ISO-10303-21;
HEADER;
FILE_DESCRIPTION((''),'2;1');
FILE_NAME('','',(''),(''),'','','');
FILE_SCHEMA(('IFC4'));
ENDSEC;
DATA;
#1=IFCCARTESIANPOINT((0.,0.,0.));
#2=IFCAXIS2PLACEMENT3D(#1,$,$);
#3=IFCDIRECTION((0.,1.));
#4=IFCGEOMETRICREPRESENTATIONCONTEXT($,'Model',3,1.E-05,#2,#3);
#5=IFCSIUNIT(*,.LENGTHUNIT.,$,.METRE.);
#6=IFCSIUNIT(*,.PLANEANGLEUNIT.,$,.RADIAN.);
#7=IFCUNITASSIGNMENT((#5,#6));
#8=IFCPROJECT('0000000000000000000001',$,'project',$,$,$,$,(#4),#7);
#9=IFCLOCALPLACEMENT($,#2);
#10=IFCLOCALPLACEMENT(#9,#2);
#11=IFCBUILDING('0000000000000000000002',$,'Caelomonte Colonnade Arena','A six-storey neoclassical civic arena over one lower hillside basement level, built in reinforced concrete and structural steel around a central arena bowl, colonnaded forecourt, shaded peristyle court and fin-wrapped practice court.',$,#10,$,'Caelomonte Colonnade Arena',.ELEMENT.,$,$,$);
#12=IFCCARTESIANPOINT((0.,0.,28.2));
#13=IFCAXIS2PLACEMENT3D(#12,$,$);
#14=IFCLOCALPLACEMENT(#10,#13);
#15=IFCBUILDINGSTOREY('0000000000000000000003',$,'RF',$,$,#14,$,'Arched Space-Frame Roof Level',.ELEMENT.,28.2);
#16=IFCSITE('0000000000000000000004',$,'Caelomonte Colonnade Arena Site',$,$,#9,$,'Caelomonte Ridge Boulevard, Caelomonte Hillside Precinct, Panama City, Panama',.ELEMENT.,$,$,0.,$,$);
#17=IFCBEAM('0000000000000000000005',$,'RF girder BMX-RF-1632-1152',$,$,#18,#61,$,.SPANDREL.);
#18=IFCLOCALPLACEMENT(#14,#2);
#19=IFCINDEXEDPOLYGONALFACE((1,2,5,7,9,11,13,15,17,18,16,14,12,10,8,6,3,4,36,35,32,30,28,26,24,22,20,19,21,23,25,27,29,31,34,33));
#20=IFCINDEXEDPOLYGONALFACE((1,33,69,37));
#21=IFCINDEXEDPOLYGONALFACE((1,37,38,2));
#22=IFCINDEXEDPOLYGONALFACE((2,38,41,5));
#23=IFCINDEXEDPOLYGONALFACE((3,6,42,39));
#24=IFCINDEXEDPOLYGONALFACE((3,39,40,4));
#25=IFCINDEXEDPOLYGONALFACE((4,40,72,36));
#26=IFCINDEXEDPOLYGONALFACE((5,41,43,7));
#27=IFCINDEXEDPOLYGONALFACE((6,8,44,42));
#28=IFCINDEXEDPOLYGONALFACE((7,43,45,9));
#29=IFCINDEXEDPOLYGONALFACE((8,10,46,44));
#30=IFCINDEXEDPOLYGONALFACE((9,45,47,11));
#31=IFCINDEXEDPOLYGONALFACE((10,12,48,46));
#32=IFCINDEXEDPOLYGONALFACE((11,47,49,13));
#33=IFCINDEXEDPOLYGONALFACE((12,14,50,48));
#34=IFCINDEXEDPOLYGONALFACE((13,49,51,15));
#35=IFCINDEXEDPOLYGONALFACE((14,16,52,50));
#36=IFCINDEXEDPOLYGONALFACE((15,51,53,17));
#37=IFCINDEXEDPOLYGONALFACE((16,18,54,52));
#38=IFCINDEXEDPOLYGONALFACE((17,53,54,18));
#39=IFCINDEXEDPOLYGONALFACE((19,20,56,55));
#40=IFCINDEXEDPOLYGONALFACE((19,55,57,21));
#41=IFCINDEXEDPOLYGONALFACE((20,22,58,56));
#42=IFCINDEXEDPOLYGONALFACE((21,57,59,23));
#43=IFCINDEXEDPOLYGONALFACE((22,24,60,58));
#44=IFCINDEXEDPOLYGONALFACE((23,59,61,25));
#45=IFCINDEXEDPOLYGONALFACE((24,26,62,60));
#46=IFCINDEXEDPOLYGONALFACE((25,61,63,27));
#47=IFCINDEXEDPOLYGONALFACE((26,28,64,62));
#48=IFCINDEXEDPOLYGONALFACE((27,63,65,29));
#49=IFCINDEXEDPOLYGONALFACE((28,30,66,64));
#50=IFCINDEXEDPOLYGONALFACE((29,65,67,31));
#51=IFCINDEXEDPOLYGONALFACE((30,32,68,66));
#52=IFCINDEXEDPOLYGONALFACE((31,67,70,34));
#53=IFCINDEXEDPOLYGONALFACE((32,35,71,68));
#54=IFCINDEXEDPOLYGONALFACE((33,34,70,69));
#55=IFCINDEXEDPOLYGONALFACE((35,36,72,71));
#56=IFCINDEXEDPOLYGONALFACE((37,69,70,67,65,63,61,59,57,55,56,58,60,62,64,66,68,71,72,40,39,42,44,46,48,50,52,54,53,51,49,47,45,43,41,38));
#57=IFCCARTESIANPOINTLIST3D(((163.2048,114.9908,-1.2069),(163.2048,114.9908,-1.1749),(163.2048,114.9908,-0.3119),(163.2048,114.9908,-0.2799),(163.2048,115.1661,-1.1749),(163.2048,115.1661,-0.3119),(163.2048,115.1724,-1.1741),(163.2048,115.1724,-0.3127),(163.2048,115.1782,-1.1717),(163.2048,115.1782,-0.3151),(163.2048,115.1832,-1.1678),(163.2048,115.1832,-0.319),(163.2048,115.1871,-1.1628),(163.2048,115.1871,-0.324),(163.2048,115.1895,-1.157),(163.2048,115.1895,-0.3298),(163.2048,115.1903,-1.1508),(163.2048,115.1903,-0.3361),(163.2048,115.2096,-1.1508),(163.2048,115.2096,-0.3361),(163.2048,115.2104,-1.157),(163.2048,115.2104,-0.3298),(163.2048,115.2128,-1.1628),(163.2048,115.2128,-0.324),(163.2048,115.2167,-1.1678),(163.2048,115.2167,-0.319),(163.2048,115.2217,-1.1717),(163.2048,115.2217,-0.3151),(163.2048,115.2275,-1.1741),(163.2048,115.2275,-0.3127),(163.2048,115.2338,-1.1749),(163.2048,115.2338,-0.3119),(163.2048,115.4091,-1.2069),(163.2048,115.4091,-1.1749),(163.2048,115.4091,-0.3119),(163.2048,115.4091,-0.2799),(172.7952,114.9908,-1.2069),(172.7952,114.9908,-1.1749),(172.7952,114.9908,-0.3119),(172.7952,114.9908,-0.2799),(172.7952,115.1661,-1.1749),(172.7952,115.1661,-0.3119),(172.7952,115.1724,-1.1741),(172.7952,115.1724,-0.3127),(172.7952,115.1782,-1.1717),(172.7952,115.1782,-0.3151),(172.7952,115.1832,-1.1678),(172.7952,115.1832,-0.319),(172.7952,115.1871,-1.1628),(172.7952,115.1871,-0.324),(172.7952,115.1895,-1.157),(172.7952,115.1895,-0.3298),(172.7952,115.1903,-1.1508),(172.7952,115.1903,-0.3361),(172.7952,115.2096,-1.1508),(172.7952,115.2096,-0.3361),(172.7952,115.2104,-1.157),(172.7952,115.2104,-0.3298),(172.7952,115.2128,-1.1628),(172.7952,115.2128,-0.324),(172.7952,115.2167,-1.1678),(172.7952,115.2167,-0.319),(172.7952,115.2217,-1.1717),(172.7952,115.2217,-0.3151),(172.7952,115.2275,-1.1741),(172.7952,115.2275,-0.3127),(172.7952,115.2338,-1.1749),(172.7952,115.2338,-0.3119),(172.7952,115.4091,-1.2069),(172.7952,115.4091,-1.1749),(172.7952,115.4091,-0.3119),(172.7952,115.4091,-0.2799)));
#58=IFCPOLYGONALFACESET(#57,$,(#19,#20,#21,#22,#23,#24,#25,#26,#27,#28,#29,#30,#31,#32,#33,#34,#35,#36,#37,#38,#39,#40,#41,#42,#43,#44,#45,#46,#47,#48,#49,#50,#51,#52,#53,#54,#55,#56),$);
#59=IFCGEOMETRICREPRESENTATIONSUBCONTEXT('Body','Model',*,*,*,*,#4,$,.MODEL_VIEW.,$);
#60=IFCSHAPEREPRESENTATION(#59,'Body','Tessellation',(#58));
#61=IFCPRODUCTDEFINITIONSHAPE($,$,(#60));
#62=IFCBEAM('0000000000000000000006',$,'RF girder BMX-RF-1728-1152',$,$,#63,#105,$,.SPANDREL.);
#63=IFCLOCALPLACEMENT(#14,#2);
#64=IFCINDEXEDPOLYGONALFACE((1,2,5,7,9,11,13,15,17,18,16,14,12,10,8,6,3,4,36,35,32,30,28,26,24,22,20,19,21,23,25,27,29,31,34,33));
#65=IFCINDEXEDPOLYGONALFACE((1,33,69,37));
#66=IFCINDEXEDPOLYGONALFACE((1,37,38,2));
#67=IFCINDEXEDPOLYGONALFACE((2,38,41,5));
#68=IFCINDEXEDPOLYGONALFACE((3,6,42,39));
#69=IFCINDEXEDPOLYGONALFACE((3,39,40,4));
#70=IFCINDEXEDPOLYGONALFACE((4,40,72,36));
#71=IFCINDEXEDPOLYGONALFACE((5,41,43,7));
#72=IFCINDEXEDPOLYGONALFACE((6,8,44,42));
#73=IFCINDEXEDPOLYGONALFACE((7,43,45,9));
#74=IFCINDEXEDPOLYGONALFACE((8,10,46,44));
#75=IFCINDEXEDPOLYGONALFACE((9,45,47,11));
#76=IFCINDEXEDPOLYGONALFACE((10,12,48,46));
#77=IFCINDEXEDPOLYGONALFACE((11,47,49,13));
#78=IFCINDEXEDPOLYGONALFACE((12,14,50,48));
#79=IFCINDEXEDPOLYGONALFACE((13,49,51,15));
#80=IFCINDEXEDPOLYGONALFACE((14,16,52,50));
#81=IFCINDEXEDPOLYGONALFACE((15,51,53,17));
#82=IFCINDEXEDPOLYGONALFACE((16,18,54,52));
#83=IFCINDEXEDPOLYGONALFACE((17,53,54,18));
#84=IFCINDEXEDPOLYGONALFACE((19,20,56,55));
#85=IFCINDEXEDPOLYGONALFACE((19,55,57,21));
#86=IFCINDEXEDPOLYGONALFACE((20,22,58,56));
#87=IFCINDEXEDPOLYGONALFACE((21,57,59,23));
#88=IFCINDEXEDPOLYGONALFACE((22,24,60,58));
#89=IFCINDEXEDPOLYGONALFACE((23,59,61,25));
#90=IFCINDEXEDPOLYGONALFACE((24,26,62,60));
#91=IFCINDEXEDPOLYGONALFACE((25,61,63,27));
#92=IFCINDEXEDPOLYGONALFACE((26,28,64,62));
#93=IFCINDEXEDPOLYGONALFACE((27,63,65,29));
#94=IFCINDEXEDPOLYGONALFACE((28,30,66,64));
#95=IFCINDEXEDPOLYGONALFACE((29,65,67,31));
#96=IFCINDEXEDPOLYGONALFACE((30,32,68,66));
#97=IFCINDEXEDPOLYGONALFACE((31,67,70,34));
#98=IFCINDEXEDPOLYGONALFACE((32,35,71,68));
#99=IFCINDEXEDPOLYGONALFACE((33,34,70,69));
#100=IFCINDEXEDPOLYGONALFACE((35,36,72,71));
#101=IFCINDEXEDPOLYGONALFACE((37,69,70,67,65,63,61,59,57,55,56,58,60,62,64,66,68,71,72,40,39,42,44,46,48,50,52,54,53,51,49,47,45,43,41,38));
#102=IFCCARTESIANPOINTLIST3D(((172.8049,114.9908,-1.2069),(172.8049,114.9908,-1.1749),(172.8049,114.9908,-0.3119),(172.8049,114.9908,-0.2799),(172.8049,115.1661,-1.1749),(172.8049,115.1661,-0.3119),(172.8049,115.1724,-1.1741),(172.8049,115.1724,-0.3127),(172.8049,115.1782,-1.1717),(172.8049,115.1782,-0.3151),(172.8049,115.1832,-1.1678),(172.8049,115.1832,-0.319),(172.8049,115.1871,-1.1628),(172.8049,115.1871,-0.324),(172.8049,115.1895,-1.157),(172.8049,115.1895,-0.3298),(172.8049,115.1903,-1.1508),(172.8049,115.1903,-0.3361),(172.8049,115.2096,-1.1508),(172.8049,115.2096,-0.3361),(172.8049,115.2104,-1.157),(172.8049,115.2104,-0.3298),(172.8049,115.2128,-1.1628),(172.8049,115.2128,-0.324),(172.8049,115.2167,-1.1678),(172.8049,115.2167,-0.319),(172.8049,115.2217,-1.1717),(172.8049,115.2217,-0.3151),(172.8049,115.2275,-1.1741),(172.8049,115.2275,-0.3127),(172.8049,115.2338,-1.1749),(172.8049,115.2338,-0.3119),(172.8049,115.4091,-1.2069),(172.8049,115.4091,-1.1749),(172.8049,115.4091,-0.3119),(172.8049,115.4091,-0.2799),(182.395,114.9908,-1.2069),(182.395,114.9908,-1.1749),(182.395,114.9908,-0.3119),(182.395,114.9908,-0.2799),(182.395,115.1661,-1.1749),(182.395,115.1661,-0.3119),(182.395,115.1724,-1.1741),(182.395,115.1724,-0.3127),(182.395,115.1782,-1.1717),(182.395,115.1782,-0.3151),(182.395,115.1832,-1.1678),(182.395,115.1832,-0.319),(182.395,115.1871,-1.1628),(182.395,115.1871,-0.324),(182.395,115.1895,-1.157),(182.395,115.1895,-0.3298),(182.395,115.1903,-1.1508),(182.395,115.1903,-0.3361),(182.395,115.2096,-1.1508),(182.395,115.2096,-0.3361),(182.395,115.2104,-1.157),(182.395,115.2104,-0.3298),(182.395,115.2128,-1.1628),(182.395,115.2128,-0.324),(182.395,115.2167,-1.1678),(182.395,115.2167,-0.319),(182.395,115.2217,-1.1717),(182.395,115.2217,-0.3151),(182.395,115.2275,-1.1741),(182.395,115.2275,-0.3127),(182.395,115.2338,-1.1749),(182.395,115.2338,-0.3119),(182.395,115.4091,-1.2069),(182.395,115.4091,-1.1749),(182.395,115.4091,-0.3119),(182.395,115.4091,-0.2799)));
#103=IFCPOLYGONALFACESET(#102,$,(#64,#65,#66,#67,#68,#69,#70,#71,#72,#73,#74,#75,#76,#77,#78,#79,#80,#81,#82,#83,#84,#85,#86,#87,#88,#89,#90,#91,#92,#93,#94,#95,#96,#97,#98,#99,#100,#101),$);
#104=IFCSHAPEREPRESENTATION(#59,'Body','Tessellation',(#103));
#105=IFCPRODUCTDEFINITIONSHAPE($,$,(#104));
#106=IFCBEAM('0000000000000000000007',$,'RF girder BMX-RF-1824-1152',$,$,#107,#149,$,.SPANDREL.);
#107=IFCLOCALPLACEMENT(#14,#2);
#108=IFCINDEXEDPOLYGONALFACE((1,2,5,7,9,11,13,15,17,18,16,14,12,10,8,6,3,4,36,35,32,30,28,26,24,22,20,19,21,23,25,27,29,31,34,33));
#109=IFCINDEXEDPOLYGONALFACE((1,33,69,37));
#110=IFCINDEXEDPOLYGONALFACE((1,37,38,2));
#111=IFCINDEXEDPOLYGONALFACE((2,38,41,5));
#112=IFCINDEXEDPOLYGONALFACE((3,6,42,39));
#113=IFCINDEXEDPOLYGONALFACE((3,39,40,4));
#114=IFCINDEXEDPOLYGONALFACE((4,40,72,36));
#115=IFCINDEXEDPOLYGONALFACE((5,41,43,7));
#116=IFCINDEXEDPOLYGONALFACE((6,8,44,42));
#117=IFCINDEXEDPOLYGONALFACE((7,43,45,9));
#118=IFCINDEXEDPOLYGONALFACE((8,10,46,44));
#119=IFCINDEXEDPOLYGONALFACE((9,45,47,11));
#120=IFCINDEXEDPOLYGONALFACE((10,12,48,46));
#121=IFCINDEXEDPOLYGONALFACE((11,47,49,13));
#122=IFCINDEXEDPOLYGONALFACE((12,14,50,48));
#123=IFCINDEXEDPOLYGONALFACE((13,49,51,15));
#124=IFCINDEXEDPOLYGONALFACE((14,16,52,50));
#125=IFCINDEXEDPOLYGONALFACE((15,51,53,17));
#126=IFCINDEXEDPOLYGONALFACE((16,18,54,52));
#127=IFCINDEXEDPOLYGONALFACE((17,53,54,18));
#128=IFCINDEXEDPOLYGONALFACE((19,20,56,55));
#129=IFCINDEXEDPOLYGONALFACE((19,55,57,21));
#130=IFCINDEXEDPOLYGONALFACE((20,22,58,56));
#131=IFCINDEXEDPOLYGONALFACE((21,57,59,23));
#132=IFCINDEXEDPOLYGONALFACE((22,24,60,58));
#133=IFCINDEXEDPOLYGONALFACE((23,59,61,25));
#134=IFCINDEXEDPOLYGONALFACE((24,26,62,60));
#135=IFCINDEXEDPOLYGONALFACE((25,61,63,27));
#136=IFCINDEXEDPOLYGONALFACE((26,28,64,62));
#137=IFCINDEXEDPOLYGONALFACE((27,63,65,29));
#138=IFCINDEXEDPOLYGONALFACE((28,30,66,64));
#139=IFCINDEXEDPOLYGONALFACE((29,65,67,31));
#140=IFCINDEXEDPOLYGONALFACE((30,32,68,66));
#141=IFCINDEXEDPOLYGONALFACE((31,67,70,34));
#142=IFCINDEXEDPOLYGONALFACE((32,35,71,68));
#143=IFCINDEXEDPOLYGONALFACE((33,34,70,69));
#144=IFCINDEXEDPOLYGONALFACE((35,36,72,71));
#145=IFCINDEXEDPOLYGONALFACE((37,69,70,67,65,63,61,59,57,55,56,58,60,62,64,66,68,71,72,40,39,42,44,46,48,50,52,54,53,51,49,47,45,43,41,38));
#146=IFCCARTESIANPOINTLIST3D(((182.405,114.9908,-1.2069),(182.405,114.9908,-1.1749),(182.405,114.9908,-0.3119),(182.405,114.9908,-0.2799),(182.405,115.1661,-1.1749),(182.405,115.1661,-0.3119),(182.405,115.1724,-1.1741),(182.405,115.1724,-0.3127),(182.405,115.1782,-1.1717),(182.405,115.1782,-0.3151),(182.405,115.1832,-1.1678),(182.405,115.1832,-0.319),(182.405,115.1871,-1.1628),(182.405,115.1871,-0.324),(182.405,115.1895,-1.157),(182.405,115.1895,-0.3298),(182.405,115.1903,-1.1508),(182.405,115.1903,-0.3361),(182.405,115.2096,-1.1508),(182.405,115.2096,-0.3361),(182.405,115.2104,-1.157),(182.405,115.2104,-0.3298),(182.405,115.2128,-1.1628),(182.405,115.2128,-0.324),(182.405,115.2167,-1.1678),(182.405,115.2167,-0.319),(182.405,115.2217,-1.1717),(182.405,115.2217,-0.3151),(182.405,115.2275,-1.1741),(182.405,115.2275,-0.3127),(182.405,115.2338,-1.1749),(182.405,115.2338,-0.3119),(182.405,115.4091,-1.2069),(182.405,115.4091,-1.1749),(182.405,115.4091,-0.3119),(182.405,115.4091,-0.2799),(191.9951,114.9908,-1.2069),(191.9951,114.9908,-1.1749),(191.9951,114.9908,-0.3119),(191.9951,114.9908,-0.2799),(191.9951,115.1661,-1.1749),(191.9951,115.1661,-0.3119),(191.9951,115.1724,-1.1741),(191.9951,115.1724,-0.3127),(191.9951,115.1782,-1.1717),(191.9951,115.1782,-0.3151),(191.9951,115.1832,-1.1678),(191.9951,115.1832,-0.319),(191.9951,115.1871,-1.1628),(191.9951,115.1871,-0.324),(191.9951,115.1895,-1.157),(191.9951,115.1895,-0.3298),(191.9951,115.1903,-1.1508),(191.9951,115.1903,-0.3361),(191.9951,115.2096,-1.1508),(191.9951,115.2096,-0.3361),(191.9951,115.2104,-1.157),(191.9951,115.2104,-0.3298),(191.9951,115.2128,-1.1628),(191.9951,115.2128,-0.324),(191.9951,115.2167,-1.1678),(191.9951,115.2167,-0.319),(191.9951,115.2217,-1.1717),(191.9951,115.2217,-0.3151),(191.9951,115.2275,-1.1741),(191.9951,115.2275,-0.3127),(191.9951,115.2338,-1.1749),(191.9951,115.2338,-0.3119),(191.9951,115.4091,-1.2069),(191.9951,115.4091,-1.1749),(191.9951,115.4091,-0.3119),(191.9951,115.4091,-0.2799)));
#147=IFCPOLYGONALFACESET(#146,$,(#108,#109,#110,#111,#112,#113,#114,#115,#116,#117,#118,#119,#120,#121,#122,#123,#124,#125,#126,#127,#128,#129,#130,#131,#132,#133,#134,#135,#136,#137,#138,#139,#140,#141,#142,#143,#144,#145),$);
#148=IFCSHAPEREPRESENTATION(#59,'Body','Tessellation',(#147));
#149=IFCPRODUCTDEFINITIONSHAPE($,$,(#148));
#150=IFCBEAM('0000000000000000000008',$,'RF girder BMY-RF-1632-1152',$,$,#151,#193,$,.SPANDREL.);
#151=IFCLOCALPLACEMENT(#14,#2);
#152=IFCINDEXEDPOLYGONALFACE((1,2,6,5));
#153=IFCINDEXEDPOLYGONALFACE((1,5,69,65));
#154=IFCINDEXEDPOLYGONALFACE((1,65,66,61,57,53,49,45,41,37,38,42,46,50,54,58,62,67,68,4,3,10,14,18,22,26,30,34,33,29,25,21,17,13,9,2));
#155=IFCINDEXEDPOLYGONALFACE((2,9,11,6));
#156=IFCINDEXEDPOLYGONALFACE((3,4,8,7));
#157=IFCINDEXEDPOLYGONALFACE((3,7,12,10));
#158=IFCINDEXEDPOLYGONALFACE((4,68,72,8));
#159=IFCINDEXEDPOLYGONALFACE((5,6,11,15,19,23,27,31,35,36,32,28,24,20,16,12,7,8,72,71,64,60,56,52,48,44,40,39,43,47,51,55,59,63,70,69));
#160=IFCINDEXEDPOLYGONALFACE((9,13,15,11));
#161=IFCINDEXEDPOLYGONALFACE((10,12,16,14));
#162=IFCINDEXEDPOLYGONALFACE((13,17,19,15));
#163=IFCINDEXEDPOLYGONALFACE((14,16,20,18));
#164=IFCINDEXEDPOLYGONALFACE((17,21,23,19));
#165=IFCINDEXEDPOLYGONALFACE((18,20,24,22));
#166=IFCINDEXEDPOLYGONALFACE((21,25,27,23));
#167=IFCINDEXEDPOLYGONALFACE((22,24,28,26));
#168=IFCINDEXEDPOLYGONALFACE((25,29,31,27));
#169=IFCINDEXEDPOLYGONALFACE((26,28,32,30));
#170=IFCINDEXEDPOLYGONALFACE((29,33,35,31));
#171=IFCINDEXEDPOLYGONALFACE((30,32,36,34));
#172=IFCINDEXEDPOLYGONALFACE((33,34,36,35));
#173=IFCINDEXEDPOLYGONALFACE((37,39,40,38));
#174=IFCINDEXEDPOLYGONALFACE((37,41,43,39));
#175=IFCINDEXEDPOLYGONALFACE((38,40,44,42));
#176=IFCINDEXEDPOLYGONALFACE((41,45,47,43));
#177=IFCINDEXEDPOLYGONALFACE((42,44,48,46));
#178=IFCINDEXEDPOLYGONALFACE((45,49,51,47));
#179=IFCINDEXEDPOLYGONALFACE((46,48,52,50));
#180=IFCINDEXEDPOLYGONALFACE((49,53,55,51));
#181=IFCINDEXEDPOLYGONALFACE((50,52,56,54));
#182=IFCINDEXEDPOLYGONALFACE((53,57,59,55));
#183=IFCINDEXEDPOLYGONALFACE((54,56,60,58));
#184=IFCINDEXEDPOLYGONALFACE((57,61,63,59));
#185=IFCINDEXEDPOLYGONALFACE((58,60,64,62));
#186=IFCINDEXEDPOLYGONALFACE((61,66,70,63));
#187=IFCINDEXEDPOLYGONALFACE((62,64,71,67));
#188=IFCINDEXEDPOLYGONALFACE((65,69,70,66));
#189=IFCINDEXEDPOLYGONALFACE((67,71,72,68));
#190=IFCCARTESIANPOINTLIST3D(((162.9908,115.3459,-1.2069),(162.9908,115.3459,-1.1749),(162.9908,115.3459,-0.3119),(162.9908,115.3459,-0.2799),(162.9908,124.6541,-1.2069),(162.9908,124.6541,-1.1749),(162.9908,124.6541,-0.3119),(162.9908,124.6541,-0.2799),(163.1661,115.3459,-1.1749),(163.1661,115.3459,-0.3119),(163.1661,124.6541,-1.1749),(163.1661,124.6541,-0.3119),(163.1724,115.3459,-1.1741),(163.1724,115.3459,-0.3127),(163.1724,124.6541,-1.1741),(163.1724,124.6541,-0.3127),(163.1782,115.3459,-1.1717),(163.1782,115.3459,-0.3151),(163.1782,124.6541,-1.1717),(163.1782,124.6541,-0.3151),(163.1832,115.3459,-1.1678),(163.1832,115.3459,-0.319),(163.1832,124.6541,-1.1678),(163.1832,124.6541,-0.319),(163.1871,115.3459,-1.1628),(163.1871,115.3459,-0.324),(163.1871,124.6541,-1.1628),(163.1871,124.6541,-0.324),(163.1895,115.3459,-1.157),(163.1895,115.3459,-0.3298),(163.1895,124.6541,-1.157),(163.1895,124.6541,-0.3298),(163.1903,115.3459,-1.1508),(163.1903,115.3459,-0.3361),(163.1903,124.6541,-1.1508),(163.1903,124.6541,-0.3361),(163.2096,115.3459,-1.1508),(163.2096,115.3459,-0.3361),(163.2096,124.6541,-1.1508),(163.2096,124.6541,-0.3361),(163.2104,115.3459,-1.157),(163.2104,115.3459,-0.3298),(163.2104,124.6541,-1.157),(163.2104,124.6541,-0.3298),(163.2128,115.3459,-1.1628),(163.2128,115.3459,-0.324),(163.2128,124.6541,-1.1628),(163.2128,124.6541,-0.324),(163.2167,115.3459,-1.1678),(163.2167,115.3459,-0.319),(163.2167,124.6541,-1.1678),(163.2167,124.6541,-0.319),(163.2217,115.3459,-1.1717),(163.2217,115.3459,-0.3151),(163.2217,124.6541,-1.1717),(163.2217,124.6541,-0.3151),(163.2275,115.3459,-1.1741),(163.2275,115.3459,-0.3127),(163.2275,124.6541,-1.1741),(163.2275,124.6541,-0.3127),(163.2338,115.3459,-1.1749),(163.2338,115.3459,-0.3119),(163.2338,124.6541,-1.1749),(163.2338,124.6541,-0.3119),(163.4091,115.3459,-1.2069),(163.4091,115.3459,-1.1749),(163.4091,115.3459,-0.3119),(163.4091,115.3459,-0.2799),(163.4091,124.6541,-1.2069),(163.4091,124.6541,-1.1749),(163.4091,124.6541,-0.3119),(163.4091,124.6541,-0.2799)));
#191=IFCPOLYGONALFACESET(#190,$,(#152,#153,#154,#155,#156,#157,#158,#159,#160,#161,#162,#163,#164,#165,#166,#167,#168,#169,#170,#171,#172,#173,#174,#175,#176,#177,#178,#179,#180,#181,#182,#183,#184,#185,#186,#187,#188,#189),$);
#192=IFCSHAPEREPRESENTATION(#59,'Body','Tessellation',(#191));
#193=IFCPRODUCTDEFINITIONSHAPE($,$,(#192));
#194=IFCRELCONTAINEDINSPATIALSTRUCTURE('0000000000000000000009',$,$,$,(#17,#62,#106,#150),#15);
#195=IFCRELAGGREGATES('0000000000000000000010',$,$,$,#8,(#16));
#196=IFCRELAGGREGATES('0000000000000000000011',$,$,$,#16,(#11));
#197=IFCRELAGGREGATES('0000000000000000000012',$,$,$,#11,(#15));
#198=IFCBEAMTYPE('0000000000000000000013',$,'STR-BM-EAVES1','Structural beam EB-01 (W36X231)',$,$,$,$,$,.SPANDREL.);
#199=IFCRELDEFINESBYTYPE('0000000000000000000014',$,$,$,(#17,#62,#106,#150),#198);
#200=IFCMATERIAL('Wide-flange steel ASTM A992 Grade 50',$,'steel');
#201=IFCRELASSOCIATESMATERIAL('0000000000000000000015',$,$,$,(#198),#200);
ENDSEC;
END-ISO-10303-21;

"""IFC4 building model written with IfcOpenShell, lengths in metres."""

from ifc_helpers import new_model, si_unit, direction, frame, origin, origin_2d, place, context, subcontext, project, spatial, i_section, extrude, material, material_profile, profile_set, type_object, element, save


model = new_model("IFC4")

# Units and contexts
model_context = context("Model", 3, precision=1e-05, world=origin(), true_north=direction((0.0, 1.0)))
body_context = subcontext(model_context, "Body", "Model", "MODEL_VIEW")
ifc_project = project(units=[si_unit("LENGTHUNIT", "METRE"), si_unit("PLANEANGLEUNIT", "RADIAN")], contexts=[model_context])

# Site, building, storey
site_placement = place(None, origin())
site = spatial("IfcSite", under=ifc_project, at=site_placement, Name="Caelomonte Colonnade Arena Site", LongName="Caelomonte Ridge Boulevard, Caelomonte Hillside Precinct, Panama City, Panama", CompositionType="ELEMENT", RefElevation=0.0)
building_placement = place(site_placement, origin())
building = spatial("IfcBuilding", under=site, at=building_placement, Name="Caelomonte Colonnade Arena", Description="A six-storey neoclassical civic arena over one lower hillside basement level, built in reinforced concrete and structural steel around a central arena bowl, colonnaded forecourt, shaded peristyle court and fin-wrapped practice court.", LongName="Caelomonte Colonnade Arena", CompositionType="ELEMENT")
storey_placement = place(building_placement, frame((0.0, 0.0, 28.2)))
storey = spatial("IfcBuildingStorey", under=building, at=storey_placement, Name="RF", LongName="Arched Space-Frame Roof Level", CompositionType="ELEMENT", Elevation=28.2)

# Beams
ifc_material_1 = material(Name="Wide-flange steel ASTM A992 Grade 50", Category="steel")
ifc_material_profile_1 = material_profile(ifc_material_1, i_section(OverallWidth=0.4182, OverallDepth=0.927, WebThickness=0.0193, FlangeThickness=0.032, FilletRadius=0.0242, at=origin_2d()), Name="W36X231")
ifc_profile_set_1 = profile_set([ifc_material_profile_1], Name="Wide-flange steel ASTM A992 Grade 50")
beam_type_1 = type_object("IfcBeamType", Name="STR-BM-EAVES1", Description="Structural beam EB-01 (W36X231)", PredefinedType="SPANDREL", material=ifc_profile_set_1)
beam_1_placement = place(storey_placement, frame((163.2048, 115.2, -0.7434), z_axis=(1.0, 0.0, 0.0), x_axis=(0.0, 1.0, 0.0)))
element("IfcBeam", 1, at=beam_1_placement, inside=storey, type_object=beam_type_1, Name="RF girder BMX-RF-1632-1152", PredefinedType="SPANDREL", context=body_context, shape_type="SweptSolid", body=[
    extrude(i_section(OverallWidth=0.4182, OverallDepth=0.927, WebThickness=0.0193, FlangeThickness=0.032, FilletRadius=0.0242, at=origin_2d()), origin(), (0.0, 0.0, 1.0), 9.5903),
])
for number, where, z_axis, x_axis, name in (
    (2, (172.8049, 115.2, -0.7434), (1.0, 0.0, 0.0), (0.0, 1.0, 0.0), "RF girder BMX-RF-1728-1152"),
    (3, (182.405, 115.2, -0.7434), (1.0, 0.0, 0.0), (0.0, 1.0, 0.0), "RF girder BMX-RF-1824-1152"),
):
    element("IfcBeam", number, at=place(storey_placement, frame(where, z_axis=z_axis, x_axis=x_axis)), inside=storey, type_object=beam_type_1, Name=name, PredefinedType="SPANDREL", context=body_context, shape_type="SweptSolid", body=[
        extrude(i_section(OverallWidth=0.4182, OverallDepth=0.927, WebThickness=0.0193, FlangeThickness=0.032, FilletRadius=0.0242, at=origin_2d()), origin(), (0.0, 0.0, 1.0), 9.5901),
    ])
beam_2_placement = place(storey_placement, frame((163.2, 115.3459, -0.7434), z_axis=(0.0, 1.0, 0.0), x_axis=(-1.0, 0.0, 0.0)))
element("IfcBeam", 4, at=beam_2_placement, inside=storey, type_object=beam_type_1, Name="RF girder BMY-RF-1632-1152", PredefinedType="SPANDREL", context=body_context, shape_type="SweptSolid", body=[
    extrude(i_section(OverallWidth=0.4182, OverallDepth=0.927, WebThickness=0.0193, FlangeThickness=0.032, FilletRadius=0.0242, at=origin_2d()), origin(), (0.0, 0.0, 1.0), 9.3081),
])

save(model, "model.ifc")
